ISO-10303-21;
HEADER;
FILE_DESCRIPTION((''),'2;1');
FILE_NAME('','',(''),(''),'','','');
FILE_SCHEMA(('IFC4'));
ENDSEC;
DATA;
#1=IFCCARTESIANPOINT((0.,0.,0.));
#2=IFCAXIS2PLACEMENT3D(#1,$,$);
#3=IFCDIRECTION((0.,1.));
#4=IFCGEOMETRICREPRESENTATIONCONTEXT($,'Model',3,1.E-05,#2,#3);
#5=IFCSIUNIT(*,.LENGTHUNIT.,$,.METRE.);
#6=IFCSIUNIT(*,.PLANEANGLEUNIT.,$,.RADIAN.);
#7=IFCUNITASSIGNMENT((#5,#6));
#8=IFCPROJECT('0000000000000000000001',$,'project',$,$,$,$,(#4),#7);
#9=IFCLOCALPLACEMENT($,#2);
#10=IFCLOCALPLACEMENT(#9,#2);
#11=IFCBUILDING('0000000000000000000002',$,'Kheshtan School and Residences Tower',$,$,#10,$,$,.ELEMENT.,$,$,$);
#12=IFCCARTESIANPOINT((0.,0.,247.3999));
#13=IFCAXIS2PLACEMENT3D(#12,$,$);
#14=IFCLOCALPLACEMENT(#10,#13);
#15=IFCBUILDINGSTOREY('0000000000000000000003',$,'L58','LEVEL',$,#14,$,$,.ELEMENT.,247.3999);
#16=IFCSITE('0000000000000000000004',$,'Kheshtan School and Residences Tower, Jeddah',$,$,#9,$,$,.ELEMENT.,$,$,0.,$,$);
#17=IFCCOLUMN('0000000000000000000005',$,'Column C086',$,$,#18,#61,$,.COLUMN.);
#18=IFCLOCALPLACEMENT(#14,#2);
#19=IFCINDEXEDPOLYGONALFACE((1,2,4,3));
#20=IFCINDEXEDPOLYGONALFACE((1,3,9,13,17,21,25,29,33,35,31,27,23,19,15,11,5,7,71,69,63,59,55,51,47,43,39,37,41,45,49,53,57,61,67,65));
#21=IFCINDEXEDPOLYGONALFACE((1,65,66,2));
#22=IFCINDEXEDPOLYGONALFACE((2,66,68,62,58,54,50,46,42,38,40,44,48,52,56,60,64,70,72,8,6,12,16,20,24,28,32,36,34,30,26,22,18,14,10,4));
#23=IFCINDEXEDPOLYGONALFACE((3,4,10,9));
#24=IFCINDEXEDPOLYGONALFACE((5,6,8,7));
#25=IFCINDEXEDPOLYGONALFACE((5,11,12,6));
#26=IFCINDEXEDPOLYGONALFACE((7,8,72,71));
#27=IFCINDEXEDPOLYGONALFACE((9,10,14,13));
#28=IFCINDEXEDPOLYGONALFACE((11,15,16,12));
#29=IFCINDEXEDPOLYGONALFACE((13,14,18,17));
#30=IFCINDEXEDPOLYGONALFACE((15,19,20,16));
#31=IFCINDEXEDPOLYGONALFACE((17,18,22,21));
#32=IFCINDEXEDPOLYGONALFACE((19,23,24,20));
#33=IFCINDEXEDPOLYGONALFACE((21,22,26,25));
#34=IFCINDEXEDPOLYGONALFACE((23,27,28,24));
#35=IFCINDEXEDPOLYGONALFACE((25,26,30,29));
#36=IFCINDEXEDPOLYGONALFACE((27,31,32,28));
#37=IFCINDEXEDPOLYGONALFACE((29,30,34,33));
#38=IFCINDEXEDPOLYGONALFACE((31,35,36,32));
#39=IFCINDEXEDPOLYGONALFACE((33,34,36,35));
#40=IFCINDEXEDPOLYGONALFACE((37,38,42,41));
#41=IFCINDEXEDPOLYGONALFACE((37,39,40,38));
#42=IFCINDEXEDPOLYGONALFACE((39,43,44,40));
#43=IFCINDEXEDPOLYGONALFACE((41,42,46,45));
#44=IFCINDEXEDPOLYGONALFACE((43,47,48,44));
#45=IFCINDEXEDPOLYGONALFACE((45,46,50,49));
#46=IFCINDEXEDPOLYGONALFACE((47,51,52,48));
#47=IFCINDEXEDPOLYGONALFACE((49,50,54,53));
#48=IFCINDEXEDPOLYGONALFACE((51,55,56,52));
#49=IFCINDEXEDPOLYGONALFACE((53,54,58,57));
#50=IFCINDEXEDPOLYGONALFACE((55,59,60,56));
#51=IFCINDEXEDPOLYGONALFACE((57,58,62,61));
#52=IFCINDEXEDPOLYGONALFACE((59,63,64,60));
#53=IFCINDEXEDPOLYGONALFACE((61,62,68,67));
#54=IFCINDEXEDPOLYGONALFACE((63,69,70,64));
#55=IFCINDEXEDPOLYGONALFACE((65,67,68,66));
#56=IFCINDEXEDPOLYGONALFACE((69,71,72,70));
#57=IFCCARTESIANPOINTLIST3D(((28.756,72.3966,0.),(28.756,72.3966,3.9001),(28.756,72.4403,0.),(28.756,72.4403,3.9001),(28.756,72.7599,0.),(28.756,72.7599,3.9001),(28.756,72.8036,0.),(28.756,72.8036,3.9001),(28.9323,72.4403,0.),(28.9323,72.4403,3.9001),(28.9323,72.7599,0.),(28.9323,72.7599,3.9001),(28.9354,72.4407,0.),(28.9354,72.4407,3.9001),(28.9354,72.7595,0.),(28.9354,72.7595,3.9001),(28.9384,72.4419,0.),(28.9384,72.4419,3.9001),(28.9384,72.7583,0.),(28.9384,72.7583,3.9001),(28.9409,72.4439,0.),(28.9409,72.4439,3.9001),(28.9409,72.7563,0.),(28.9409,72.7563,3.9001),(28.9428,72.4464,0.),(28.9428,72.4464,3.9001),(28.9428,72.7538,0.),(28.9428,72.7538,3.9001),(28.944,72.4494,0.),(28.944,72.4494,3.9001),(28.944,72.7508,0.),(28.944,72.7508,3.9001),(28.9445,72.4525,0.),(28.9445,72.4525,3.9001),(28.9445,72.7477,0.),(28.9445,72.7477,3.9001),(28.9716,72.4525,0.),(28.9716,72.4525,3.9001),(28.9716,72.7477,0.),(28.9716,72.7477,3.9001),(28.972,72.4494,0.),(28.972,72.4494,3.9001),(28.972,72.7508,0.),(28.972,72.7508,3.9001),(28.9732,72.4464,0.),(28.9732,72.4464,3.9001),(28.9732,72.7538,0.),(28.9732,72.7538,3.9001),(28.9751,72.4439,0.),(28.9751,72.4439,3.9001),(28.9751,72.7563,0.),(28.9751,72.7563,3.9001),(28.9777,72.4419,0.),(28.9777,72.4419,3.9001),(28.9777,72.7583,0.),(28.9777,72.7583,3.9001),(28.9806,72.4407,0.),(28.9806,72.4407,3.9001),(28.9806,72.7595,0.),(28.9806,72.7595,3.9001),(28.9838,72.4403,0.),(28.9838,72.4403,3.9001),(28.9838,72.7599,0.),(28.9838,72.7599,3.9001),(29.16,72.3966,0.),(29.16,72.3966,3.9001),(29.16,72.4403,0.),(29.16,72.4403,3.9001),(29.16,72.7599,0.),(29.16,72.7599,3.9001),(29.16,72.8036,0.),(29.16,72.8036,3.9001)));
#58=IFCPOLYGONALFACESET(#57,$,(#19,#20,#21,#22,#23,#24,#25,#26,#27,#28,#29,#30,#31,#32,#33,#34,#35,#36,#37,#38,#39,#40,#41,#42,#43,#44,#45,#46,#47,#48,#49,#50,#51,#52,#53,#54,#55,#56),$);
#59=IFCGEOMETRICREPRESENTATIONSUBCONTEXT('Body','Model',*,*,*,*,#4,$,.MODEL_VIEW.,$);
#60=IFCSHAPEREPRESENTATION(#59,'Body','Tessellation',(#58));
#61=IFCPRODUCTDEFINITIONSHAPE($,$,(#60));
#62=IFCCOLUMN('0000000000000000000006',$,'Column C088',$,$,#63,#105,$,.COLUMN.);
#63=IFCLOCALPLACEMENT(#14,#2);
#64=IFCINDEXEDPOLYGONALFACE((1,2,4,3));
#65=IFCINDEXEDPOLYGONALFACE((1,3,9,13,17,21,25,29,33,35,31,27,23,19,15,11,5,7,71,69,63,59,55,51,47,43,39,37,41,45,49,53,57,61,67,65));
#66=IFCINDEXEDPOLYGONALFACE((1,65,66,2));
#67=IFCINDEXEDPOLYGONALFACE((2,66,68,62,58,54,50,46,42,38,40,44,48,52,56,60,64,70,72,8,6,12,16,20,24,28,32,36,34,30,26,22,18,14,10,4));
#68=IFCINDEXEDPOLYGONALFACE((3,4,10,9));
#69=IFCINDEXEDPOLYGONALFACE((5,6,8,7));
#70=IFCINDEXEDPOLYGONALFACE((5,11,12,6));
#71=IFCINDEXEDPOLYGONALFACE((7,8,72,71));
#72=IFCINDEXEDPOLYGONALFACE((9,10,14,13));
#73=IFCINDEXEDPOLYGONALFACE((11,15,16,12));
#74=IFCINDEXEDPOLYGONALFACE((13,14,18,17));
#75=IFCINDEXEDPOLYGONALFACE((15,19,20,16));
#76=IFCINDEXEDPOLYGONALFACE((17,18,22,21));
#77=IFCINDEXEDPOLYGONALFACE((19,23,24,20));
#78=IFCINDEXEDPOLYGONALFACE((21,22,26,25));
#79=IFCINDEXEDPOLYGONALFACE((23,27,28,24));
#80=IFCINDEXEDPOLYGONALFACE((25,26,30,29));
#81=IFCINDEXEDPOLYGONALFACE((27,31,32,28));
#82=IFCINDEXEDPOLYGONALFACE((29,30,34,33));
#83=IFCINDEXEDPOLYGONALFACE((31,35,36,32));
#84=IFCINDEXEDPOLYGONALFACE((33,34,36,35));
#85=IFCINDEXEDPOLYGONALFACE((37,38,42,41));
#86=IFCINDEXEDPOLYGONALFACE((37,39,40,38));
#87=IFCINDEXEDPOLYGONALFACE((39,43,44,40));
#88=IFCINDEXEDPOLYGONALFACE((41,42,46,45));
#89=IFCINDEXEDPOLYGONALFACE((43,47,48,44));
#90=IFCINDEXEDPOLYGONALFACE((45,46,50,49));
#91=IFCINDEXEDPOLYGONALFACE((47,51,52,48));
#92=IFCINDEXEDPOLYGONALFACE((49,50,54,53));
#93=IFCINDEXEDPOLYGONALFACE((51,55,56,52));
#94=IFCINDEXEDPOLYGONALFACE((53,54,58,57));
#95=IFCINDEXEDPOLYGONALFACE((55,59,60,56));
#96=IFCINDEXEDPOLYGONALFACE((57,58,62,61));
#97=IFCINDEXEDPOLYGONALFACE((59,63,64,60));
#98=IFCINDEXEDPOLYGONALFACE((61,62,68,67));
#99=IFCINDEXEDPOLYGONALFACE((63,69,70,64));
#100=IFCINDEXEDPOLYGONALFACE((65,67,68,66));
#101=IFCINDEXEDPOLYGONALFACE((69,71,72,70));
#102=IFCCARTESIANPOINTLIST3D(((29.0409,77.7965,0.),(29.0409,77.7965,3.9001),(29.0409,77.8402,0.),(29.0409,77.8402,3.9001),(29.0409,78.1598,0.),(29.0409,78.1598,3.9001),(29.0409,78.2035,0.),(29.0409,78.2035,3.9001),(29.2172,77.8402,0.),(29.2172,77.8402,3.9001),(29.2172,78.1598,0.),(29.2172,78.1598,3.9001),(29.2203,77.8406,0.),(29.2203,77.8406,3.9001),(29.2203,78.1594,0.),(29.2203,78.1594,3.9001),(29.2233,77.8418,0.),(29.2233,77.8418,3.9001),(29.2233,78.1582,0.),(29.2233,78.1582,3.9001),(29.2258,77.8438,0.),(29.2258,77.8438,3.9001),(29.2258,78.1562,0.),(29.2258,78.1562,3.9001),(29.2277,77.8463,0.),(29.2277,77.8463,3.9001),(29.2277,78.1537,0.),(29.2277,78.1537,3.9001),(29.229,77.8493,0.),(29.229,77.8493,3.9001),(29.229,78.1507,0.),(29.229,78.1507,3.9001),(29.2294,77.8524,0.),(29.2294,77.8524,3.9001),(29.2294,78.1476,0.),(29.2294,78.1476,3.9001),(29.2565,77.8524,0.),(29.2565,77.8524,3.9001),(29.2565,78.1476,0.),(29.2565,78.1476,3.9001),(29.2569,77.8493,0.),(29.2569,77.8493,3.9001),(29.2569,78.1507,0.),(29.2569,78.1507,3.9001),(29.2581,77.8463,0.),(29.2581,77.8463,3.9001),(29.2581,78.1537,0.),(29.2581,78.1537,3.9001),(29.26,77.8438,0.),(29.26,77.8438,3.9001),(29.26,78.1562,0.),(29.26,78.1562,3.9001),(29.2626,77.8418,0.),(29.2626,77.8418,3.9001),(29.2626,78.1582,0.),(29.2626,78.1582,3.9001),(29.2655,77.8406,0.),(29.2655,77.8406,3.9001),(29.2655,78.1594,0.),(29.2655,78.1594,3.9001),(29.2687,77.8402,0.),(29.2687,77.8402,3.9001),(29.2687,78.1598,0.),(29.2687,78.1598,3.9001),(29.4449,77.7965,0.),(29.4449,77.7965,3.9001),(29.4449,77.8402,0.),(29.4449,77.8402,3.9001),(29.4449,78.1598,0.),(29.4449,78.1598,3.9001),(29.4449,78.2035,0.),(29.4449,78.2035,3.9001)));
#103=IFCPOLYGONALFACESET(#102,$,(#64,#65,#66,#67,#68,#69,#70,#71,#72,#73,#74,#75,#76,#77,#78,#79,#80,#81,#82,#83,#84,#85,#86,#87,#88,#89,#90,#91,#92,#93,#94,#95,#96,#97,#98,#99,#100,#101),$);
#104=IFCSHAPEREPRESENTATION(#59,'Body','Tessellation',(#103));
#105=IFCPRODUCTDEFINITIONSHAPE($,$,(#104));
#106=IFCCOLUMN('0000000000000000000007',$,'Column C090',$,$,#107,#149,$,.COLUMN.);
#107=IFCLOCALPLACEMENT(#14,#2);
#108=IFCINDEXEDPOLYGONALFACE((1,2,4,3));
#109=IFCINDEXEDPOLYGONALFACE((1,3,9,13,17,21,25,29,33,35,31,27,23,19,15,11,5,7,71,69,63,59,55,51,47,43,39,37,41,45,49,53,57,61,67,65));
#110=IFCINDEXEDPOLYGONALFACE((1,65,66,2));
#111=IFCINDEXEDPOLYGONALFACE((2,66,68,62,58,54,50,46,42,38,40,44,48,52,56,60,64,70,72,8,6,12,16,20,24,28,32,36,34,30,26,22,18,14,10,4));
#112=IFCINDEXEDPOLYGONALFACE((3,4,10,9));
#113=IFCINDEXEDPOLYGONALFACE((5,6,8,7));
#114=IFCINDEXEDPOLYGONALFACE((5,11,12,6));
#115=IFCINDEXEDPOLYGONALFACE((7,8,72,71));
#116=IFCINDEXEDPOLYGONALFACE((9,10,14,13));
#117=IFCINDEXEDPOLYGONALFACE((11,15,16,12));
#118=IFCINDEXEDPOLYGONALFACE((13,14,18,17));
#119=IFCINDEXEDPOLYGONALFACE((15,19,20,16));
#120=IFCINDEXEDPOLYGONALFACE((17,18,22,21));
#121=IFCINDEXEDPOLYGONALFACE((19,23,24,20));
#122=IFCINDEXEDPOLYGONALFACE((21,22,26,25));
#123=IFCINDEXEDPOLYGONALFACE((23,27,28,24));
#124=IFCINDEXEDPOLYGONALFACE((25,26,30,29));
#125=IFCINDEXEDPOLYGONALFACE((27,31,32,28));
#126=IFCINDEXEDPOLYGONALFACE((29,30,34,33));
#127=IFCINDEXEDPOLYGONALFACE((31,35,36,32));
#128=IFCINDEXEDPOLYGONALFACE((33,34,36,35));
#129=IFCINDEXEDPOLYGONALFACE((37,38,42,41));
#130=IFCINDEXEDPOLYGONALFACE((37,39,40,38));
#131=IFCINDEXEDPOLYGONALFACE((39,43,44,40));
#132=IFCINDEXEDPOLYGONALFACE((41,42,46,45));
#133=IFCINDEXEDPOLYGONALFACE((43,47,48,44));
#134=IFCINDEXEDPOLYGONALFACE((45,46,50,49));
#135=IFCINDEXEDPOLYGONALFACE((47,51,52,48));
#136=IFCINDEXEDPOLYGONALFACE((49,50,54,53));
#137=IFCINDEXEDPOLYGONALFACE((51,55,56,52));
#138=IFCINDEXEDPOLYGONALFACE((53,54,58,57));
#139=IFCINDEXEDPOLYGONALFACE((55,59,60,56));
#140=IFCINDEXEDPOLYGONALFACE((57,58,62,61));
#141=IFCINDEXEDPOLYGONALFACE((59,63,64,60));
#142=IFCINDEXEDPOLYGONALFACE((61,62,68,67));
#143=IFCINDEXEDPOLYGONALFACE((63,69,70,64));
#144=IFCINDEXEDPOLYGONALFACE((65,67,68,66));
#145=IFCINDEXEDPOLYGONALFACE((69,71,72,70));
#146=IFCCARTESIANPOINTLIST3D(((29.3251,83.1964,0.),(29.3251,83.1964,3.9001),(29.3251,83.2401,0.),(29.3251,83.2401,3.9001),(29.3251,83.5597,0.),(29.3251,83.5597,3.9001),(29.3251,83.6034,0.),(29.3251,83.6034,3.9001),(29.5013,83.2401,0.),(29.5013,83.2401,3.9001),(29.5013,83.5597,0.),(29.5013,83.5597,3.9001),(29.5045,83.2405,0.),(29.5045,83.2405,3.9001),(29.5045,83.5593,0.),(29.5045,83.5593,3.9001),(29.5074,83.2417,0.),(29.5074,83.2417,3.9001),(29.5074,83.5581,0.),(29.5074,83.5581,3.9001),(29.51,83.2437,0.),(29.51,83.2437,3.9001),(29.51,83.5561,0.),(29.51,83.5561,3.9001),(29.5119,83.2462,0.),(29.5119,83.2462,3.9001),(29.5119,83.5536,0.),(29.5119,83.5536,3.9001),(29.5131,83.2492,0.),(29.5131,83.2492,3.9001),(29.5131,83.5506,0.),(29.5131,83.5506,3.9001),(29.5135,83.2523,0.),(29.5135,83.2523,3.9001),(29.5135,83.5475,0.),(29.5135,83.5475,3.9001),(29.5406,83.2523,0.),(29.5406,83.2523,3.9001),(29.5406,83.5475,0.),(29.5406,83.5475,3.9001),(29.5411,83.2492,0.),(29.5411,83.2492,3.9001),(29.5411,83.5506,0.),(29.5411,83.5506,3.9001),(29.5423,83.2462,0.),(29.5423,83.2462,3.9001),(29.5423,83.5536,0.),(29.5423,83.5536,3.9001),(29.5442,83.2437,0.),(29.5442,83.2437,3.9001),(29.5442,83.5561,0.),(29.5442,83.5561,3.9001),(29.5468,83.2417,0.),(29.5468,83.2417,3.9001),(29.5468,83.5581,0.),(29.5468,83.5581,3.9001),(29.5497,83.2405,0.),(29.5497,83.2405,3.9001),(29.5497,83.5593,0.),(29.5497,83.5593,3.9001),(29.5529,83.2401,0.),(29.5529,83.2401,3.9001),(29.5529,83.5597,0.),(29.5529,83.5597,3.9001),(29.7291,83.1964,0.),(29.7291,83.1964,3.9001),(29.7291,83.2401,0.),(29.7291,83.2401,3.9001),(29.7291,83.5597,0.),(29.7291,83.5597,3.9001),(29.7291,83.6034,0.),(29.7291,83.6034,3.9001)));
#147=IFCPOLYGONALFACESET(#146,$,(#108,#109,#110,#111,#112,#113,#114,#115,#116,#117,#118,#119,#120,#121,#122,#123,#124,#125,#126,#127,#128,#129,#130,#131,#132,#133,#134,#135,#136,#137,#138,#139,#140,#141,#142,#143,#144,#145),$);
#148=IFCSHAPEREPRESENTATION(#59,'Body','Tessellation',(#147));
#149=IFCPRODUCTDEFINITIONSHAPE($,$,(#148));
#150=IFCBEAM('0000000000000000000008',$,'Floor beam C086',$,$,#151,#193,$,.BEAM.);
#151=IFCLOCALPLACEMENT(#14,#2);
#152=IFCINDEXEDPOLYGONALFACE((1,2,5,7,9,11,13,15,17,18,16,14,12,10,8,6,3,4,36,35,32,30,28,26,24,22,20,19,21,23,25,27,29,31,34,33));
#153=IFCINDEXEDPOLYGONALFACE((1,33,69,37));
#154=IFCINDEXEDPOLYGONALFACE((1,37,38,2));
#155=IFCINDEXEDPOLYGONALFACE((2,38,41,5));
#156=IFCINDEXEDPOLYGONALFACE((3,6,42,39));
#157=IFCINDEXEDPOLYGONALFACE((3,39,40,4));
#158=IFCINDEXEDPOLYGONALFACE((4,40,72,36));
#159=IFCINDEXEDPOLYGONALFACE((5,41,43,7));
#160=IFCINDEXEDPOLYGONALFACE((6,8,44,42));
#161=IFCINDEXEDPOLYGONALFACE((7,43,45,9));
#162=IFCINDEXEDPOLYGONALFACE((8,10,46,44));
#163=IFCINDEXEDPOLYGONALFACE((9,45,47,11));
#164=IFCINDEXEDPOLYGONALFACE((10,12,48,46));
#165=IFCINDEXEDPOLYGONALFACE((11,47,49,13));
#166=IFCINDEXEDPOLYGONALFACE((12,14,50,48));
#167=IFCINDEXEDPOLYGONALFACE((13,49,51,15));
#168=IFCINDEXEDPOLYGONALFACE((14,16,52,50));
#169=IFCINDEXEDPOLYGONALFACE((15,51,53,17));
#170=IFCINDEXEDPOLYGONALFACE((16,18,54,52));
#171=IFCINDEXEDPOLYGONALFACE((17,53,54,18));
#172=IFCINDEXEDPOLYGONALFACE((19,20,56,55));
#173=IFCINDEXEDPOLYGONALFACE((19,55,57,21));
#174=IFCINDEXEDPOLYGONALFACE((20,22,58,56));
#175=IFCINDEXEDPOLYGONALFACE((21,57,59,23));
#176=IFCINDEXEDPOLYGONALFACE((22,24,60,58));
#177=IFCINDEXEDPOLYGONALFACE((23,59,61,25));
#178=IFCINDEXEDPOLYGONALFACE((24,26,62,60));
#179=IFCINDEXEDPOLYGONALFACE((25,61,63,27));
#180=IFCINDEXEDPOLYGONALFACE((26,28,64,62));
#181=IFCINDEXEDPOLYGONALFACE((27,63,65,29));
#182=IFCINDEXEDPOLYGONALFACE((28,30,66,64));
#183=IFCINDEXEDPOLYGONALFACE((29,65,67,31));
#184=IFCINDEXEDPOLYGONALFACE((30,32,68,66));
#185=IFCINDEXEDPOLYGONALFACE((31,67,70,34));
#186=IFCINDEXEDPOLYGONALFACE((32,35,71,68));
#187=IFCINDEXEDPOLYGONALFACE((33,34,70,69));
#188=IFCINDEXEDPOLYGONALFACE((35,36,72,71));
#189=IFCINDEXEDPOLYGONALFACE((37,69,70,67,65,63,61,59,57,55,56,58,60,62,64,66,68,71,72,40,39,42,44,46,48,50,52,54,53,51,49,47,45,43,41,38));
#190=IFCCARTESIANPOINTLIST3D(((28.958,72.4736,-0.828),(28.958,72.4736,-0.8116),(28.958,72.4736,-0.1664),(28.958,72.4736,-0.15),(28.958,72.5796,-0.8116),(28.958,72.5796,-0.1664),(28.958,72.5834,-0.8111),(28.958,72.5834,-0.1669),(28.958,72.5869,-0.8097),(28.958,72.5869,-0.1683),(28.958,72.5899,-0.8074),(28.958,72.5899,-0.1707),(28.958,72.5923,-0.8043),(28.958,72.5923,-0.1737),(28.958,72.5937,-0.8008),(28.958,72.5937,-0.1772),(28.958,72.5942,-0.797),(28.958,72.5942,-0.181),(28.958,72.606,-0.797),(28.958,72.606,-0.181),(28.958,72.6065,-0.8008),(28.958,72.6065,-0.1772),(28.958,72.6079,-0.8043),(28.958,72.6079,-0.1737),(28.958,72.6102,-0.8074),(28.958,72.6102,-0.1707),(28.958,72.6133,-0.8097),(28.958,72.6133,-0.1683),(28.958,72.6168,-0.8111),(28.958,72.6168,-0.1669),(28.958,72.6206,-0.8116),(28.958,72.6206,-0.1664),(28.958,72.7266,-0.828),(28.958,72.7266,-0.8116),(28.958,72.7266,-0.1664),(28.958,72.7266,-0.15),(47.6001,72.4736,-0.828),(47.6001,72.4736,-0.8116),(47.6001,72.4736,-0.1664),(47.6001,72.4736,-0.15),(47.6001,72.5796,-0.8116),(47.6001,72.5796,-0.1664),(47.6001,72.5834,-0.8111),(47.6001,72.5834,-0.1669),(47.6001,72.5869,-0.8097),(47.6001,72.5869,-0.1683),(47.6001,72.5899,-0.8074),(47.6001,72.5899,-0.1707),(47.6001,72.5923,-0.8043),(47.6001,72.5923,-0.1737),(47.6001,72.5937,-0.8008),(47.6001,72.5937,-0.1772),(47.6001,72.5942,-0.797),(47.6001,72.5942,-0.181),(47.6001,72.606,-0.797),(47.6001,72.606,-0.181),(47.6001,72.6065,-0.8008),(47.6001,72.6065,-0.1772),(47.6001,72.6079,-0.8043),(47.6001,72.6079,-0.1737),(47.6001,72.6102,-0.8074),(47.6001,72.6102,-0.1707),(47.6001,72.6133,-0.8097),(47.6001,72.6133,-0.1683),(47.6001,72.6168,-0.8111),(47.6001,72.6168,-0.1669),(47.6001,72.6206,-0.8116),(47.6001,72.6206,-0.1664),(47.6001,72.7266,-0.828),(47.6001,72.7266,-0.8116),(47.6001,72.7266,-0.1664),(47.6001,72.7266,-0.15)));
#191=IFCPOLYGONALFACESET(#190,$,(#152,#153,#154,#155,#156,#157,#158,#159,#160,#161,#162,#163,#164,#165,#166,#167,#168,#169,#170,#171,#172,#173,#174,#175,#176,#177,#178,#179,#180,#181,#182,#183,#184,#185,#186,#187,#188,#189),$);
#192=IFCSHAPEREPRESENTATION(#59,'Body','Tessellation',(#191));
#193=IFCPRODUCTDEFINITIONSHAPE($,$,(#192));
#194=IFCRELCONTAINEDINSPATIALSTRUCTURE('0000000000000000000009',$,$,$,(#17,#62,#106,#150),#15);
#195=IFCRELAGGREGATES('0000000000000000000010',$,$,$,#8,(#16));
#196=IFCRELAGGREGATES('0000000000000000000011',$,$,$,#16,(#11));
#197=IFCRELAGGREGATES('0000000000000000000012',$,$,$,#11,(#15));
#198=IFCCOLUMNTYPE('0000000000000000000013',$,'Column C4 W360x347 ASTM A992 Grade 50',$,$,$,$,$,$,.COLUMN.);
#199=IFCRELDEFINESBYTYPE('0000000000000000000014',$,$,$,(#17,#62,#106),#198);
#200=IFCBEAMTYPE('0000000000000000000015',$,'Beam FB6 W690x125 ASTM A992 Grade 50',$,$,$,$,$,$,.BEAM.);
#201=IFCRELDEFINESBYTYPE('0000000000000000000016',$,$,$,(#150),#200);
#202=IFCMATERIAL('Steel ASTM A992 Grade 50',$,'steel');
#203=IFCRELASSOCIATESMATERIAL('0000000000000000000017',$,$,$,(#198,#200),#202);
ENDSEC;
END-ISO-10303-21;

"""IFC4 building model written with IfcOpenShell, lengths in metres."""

from ifc_helpers import new_model, si_unit, direction, frame, origin, origin_2d, place, context, subcontext, project, spatial, i_section, extrude, material, material_profile, profile_set, type_object, element, save


model = new_model("IFC4")

# Units and contexts
model_context = context("Model", 3, precision=1e-05, world=origin(), true_north=direction((0.0, 1.0)))
body_context = subcontext(model_context, "Body", "Model", "MODEL_VIEW")
ifc_project = project(units=[si_unit("LENGTHUNIT", "METRE"), si_unit("PLANEANGLEUNIT", "RADIAN")], contexts=[model_context])

# Site, building, storey
site_placement = place(None, origin())
site = spatial("IfcSite", under=ifc_project, at=site_placement, Name="Kheshtan School and Residences Tower, Jeddah", CompositionType="ELEMENT", RefElevation=0.0)
building_placement = place(site_placement, origin())
building = spatial("IfcBuilding", under=site, at=building_placement, Name="Kheshtan School and Residences Tower", CompositionType="ELEMENT")
storey_placement = place(building_placement, frame((0.0, 0.0, 247.3999)))
storey = spatial("IfcBuildingStorey", under=building, at=storey_placement, Name="L58", Description="LEVEL", CompositionType="ELEMENT", Elevation=247.3999)

# Columns
ifc_material_1 = material(Name="Steel ASTM A992 Grade 50", Category="steel")
ifc_material_profile_1 = material_profile(ifc_material_1, i_section(OverallWidth=0.4041, OverallDepth=0.407, WebThickness=0.0271, FlangeThickness=0.0437, FilletRadius=0.0122, at=origin_2d()), Name="W360x347")
ifc_profile_set_1 = profile_set([ifc_material_profile_1], Name="Steel ASTM A992 Grade 50")
column_type = type_object("IfcColumnType", Name="Column C4 W360x347 ASTM A992 Grade 50", PredefinedType="COLUMN", material=ifc_profile_set_1)
for number, where, z_axis, x_axis, name in (
    (1, (28.958, 72.6001, 0.0), (0.0, 0.0, 1.0), (1.0, 0.0, 0.0), "Column C086"),
    (2, (29.2429, 78.0, 0.0), (0.0, 0.0, 1.0), (1.0, 0.0, 0.0), "Column C088"),
    (3, (29.5271, 83.3999, 0.0), (0.0, 0.0, 1.0), (1.0, 0.0, 0.0), "Column C090"),
):
    element("IfcColumn", number, at=place(storey_placement, frame(where, z_axis=z_axis, x_axis=x_axis)), inside=storey, type_object=column_type, Name=name, PredefinedType="COLUMN", context=body_context, shape_type="SweptSolid", body=[
        extrude(i_section(OverallWidth=0.4041, OverallDepth=0.407, WebThickness=0.0271, FlangeThickness=0.0437, FilletRadius=0.0122, at=origin_2d()), origin(), (0.0, 0.0, 1.0), 3.9001),
    ])

# Beam
ifc_material_profile_2 = material_profile(ifc_material_1, i_section(OverallWidth=0.2529, OverallDepth=0.678, WebThickness=0.0117, FlangeThickness=0.0164, FilletRadius=0.0146, at=origin_2d()), Name="W690x125")
ifc_profile_set_2 = profile_set([ifc_material_profile_2], Name="Steel ASTM A992 Grade 50")
beam_type_1 = type_object("IfcBeamType", Name="Beam FB6 W690x125 ASTM A992 Grade 50", PredefinedType="BEAM", material=ifc_profile_set_2)
beam_1_placement = place(storey_placement, frame((28.958, 72.6001, -0.489), z_axis=(1.0, 0.0, 0.0), x_axis=(0.0, 1.0, 0.0)))
element("IfcBeam", 4, at=beam_1_placement, inside=storey, type_object=beam_type_1, Name="Floor beam C086", PredefinedType="BEAM", context=body_context, shape_type="SweptSolid", body=[
    extrude(i_section(OverallWidth=0.2529, OverallDepth=0.678, WebThickness=0.0117, FlangeThickness=0.0164, FilletRadius=0.0146, at=origin_2d()), origin(), (0.0, 0.0, 1.0), 18.6421),
])

save(model, "model.ifc")
